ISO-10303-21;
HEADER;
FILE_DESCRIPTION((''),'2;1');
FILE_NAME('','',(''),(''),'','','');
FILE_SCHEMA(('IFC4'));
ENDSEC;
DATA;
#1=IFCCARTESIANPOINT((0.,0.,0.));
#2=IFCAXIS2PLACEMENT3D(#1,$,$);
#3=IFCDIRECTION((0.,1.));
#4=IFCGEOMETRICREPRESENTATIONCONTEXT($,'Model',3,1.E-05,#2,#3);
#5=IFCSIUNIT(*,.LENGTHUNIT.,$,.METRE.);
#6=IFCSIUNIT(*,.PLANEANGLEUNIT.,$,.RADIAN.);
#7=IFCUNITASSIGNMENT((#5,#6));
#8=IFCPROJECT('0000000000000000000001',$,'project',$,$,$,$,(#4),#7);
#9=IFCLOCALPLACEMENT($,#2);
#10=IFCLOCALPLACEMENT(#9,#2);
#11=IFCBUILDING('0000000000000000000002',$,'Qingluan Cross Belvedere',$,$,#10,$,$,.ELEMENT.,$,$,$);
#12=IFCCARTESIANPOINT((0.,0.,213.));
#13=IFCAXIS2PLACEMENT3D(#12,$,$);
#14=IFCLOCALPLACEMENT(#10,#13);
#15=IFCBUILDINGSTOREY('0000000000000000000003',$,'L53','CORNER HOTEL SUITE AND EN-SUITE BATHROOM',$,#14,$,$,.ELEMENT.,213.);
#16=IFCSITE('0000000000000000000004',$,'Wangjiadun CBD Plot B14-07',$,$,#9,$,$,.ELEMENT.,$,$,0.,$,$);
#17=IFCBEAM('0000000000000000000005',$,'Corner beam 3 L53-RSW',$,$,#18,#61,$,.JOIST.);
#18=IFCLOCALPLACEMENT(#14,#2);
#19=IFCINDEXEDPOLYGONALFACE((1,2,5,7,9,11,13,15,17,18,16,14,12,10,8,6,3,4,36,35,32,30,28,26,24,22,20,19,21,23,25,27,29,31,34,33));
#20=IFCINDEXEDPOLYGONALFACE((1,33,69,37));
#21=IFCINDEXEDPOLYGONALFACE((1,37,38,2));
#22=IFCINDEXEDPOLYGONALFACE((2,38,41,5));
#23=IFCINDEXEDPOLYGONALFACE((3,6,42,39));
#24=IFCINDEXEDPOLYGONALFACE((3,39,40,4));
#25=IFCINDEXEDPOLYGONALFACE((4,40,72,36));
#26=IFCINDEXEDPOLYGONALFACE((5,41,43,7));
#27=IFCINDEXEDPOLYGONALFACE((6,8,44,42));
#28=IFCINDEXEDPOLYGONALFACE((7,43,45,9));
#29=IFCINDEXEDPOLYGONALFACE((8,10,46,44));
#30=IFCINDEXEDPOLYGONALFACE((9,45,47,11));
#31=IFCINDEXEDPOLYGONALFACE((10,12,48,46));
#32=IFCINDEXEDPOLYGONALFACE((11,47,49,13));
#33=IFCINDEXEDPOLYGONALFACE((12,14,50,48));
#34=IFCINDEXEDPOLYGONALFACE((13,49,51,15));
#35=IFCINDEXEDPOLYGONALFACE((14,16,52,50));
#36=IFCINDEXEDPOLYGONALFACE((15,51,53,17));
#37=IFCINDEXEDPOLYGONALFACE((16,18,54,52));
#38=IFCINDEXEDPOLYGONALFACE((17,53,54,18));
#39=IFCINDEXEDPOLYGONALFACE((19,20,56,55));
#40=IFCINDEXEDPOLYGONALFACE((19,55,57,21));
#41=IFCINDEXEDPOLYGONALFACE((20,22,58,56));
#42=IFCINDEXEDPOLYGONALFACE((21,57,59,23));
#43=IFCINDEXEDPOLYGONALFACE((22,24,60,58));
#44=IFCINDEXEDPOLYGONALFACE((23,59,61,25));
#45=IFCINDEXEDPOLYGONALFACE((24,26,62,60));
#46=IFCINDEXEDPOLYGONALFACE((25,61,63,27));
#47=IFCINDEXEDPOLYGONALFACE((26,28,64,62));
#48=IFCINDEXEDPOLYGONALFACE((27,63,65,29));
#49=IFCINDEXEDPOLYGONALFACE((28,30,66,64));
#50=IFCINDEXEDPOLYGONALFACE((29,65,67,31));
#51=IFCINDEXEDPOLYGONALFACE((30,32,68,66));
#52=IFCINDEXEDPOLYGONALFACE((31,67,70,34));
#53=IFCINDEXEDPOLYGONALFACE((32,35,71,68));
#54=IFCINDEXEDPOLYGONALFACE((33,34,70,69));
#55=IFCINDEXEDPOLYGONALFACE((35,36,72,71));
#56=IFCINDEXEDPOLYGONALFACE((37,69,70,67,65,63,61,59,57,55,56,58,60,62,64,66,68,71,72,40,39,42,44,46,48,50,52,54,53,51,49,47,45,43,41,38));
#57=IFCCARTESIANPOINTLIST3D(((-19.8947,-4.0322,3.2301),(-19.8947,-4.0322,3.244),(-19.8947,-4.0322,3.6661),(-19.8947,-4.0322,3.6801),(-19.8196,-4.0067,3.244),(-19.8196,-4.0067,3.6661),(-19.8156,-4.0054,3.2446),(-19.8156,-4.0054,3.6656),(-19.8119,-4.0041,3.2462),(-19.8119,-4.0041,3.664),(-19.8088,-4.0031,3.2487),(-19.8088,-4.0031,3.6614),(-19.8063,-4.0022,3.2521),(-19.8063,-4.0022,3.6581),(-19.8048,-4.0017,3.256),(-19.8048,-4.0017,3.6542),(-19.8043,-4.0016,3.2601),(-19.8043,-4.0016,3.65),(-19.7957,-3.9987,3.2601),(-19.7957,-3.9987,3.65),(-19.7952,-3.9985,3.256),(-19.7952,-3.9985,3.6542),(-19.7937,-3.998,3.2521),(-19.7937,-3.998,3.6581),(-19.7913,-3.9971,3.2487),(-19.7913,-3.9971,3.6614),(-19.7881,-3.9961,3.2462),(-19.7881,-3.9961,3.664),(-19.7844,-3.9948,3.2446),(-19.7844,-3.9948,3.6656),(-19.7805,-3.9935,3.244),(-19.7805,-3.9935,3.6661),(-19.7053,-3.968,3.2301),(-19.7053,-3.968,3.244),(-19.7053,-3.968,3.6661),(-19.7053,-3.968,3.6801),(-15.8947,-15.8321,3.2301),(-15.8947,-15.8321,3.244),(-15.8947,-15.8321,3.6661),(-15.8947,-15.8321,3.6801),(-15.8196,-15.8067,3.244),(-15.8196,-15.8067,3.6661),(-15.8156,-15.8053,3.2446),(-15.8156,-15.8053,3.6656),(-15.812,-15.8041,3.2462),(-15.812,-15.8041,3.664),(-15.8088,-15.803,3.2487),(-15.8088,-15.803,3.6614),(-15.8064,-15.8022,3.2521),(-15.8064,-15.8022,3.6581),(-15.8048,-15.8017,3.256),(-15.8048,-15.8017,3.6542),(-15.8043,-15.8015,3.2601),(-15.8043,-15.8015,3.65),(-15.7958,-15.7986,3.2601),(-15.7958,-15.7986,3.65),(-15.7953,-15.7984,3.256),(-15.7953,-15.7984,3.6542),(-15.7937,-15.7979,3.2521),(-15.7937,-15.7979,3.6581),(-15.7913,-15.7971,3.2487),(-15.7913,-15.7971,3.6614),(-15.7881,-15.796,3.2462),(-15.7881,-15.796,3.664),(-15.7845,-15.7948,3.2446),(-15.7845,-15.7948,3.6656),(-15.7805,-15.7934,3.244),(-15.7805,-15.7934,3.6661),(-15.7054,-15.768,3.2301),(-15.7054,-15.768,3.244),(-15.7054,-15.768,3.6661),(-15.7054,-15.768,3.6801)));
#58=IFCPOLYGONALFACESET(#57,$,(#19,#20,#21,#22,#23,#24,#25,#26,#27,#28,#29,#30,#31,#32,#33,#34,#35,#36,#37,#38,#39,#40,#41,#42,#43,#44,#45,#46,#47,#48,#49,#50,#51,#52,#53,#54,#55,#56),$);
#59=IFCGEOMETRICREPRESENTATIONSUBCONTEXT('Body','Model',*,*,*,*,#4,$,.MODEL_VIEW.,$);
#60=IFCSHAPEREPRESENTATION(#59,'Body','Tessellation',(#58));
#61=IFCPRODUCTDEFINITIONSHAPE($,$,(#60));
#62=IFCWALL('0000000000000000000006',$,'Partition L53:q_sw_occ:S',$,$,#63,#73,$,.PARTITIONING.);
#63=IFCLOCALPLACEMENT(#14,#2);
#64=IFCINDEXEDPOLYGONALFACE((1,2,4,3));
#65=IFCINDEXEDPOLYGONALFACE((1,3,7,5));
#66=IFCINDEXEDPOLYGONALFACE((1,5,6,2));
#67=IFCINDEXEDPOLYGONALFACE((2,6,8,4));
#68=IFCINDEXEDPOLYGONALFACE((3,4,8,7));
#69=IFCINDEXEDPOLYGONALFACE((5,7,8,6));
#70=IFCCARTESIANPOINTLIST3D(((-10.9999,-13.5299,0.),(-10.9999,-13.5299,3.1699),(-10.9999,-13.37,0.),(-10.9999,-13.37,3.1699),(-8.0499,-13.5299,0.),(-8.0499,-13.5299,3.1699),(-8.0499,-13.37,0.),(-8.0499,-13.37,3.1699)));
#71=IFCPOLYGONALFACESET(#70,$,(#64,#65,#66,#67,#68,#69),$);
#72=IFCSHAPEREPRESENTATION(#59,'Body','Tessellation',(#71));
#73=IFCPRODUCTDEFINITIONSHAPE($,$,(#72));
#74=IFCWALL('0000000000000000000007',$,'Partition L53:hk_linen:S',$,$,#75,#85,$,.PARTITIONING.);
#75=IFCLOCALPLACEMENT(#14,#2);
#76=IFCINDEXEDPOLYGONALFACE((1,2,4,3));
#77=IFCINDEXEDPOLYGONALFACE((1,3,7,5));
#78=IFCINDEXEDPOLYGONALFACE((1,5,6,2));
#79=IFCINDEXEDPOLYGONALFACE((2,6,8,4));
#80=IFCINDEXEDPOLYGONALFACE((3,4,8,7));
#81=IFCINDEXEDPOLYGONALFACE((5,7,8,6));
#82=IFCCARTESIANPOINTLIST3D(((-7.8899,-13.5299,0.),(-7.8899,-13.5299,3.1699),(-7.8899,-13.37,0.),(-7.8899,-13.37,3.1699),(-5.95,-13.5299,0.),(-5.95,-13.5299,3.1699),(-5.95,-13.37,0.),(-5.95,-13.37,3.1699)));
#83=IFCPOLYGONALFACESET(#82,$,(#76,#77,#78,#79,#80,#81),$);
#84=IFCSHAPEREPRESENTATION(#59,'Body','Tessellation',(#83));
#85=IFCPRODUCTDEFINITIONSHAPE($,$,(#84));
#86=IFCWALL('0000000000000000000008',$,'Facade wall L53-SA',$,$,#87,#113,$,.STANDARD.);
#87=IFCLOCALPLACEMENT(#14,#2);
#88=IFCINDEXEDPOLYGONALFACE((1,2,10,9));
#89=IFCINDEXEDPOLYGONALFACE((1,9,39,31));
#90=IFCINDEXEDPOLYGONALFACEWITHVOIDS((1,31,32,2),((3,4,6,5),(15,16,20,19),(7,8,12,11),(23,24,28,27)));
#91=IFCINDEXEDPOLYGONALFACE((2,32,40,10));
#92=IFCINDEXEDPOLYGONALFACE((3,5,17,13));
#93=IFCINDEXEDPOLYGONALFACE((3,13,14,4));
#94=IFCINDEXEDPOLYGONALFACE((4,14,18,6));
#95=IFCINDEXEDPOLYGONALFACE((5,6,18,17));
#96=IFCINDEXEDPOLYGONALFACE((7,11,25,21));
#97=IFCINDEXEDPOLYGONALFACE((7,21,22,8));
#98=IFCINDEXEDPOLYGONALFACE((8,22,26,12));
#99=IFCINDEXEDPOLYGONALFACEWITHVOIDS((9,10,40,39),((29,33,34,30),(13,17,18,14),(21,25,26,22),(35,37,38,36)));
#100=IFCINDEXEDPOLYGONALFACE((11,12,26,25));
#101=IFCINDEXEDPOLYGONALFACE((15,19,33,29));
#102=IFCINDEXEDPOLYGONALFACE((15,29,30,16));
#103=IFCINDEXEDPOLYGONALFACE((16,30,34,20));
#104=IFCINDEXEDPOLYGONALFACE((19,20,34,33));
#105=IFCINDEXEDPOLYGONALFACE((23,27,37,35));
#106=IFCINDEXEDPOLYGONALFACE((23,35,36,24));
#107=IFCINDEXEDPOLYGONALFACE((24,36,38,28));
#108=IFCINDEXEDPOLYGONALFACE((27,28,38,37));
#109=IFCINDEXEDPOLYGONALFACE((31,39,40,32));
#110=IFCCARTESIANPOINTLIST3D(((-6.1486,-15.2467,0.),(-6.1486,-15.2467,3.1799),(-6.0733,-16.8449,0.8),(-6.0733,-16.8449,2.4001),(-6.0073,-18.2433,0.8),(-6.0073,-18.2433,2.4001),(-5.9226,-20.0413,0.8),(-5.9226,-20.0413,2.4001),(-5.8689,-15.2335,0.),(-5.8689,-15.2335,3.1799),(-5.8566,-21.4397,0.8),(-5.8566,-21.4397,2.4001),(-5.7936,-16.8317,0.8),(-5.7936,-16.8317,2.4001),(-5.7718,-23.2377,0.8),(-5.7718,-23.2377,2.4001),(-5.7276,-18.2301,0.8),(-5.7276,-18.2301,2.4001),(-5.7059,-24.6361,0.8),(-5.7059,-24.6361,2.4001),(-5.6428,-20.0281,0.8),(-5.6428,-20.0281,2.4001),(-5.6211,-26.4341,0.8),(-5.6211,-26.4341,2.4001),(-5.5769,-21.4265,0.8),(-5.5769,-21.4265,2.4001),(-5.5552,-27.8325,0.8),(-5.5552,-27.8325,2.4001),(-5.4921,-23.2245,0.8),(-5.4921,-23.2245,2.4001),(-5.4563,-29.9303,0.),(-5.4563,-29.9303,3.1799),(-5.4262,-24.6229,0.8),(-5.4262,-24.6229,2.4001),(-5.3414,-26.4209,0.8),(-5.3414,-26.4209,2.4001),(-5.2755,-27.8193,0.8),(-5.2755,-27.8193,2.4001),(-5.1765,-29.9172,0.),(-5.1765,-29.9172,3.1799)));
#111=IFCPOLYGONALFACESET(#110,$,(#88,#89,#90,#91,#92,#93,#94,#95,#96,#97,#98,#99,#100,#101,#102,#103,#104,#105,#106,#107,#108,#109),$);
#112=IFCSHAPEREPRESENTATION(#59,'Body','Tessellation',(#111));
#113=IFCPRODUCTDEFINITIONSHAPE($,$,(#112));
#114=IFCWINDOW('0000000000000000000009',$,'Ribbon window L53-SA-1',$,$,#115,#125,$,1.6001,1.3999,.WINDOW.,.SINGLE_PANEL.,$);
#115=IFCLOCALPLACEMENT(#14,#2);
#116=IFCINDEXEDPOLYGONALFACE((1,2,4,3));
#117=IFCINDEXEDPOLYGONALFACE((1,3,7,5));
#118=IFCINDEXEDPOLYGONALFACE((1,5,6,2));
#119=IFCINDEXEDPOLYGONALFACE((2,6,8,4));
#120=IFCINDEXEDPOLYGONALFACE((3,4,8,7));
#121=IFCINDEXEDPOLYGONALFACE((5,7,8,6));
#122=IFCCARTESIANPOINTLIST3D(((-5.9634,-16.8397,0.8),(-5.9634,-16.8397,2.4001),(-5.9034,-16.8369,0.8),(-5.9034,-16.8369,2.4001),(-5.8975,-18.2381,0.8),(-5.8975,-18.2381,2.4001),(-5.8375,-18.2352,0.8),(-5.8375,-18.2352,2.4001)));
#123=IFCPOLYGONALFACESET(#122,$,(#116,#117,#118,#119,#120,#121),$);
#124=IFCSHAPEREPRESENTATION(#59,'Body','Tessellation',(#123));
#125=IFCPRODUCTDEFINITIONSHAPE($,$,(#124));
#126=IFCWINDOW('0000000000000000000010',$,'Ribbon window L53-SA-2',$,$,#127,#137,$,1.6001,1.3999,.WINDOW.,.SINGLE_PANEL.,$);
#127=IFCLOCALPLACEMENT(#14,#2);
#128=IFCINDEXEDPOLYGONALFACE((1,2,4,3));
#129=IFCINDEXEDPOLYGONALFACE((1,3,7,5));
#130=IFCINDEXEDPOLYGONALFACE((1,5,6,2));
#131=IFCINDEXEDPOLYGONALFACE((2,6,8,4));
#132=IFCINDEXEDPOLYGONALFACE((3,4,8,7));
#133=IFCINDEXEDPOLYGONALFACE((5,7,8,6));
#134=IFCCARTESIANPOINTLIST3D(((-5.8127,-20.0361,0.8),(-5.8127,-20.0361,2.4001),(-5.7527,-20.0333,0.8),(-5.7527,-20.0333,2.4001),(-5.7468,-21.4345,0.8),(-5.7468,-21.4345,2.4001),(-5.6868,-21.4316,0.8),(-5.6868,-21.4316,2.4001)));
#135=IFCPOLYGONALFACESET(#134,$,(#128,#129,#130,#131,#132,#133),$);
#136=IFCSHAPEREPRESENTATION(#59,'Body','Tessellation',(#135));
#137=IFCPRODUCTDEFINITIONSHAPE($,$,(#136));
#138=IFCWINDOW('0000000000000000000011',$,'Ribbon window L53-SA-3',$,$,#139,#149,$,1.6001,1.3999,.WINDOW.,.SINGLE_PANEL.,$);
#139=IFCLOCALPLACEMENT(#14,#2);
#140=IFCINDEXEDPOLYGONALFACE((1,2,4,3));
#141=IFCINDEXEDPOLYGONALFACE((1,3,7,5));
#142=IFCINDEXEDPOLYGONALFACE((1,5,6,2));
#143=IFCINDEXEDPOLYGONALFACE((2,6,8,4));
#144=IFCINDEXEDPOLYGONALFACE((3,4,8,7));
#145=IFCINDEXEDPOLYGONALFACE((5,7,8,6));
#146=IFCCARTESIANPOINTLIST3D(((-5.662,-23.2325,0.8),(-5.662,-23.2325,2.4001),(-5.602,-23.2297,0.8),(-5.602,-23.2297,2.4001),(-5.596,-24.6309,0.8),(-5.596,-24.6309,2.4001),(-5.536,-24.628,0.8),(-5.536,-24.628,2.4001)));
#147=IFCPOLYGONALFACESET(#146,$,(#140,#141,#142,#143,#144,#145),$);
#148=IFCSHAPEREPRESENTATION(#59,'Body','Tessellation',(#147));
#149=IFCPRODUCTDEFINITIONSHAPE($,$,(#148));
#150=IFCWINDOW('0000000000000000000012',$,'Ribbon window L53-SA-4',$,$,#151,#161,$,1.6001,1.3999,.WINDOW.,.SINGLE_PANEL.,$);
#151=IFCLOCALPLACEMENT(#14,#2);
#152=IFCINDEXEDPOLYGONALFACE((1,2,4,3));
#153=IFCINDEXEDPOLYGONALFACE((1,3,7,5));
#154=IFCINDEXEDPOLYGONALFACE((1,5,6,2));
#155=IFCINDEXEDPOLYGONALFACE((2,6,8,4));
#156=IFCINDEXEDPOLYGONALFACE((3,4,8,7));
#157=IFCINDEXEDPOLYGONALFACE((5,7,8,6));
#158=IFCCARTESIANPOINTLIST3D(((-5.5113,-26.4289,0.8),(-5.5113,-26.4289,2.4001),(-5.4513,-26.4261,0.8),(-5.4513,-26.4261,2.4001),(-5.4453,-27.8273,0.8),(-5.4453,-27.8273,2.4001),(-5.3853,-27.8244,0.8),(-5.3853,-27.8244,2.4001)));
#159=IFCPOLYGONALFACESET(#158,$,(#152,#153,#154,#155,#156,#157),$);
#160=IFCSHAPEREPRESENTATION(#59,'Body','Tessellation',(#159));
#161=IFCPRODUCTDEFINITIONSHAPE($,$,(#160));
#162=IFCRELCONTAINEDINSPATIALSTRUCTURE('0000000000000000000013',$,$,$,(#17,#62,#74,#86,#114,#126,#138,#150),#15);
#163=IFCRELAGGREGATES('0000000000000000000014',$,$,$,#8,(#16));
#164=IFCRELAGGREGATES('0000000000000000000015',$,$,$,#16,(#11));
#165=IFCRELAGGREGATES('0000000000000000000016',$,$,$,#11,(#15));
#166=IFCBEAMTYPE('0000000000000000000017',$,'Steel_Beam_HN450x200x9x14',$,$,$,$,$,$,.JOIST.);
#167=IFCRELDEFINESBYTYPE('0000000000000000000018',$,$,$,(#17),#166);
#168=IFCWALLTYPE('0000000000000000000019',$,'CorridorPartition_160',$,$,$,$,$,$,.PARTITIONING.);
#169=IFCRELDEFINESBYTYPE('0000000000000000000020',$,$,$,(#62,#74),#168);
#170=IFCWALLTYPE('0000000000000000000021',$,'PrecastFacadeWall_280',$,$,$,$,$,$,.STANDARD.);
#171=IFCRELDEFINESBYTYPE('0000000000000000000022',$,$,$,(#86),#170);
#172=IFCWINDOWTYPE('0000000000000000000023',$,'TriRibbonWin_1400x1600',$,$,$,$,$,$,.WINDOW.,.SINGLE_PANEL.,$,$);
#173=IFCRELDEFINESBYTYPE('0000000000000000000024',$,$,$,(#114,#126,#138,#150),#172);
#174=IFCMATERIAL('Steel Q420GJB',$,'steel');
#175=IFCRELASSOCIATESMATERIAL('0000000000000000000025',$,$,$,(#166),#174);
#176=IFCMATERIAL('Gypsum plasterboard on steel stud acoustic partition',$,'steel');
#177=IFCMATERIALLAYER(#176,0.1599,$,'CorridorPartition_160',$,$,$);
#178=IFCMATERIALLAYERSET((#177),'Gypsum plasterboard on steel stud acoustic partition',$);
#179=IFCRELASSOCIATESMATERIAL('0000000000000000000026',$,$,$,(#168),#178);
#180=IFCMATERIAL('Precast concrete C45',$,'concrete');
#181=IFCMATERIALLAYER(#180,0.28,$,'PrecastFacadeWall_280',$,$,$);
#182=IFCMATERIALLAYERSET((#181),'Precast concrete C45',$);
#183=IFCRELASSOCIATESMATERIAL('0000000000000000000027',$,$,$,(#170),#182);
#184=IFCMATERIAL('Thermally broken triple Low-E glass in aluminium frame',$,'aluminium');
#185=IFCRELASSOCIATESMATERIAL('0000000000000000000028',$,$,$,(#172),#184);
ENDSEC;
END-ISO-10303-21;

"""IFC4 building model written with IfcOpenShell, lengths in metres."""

from ifc_helpers import new_model, si_unit, direction, frame, frame_2d, origin, origin_2d, place, context, subcontext, project, spatial, rectangle, i_section, extrude, material, layer, layer_set, material_profile, profile_set, type_object, element, fill, save


model = new_model("IFC4")

# Units and contexts
model_context = context("Model", 3, precision=1e-05, world=origin(), true_north=direction((0.0, 1.0)))
body_context = subcontext(model_context, "Body", "Model", "MODEL_VIEW")
ifc_project = project(units=[si_unit("LENGTHUNIT", "METRE"), si_unit("PLANEANGLEUNIT", "RADIAN")], contexts=[model_context])

# Site, building, storey
site_placement = place(None, origin())
site = spatial("IfcSite", under=ifc_project, at=site_placement, Name="Wangjiadun CBD Plot B14-07", CompositionType="ELEMENT", RefElevation=0.0)
building_placement = place(site_placement, origin())
building = spatial("IfcBuilding", under=site, at=building_placement, Name="Qingluan Cross Belvedere", CompositionType="ELEMENT")
storey_placement = place(building_placement, frame((0.0, 0.0, 213.0)))
storey = spatial("IfcBuildingStorey", under=building, at=storey_placement, Name="L53", Description="CORNER HOTEL SUITE AND EN-SUITE BATHROOM", CompositionType="ELEMENT", Elevation=213.0)

# Beam
ifc_material_1 = material(Name="Steel Q420GJB", Category="steel")
ifc_material_profile_1 = material_profile(ifc_material_1, i_section(OverallWidth=0.2, OverallDepth=0.45, WebThickness=0.009, FlangeThickness=0.0139, FilletRadius=0.0161, at=origin_2d()), Name="HN450x200x9x14")
ifc_profile_set_1 = profile_set([ifc_material_profile_1], Name="Steel Q420GJB")
beam_type_1 = type_object("IfcBeamType", Name="Steel_Beam_HN450x200x9x14", PredefinedType="JOIST", material=ifc_profile_set_1)
for number, where, z_axis, x_axis, name in (
    (1, (-15.8, -15.8, 3.4551), (-0.321038, 0.947066, 0.0), (-0.947066, -0.321038, 0.0), "Corner beam 3 L53-RSW"),
):
    element("IfcBeam", number, at=place(storey_placement, frame(where, z_axis=z_axis, x_axis=x_axis)), inside=storey, type_object=beam_type_1, Name=name, PredefinedType="JOIST", context=body_context, shape_type="SweptSolid", body=[
        extrude(i_section(OverallWidth=0.2, OverallDepth=0.45, WebThickness=0.009, FlangeThickness=0.0139, FilletRadius=0.0161, at=origin_2d()), origin(), (0.0, 0.0, 1.0), 12.4595),
    ])

# Walls
ifc_material_2 = material(Name="Gypsum plasterboard on steel stud acoustic partition", Category="steel")
ifc_layer_1 = layer(ifc_material_2, 0.1599, Name="CorridorPartition_160")
ifc_layer_set_1 = layer_set([ifc_layer_1], Name="Gypsum plasterboard on steel stud acoustic partition")
wall_type_1 = type_object("IfcWallType", Name="CorridorPartition_160", PredefinedType="PARTITIONING", material=ifc_layer_set_1)
wall_1_placement = place(storey_placement, frame((-11.0, -13.45, 0.0), z_axis=(0.0, 0.0, 1.0), x_axis=(1.0, 0.0, 0.0)))
element("IfcWall", 2, at=wall_1_placement, inside=storey, type_object=wall_type_1, Name="Partition L53:q_sw_occ:S", PredefinedType="PARTITIONING", context=body_context, shape_type="SweptSolid", body=[
    extrude(rectangle(XDim=2.95, YDim=0.1599, at=frame_2d((1.4751, 0.0))), origin(), (0.0, 0.0, 1.0), 3.1699),
])
wall_2_placement = place(storey_placement, frame((-7.8899, -13.45, 0.0), z_axis=(0.0, 0.0, 1.0), x_axis=(1.0, 0.0, 0.0)))
element("IfcWall", 3, at=wall_2_placement, inside=storey, type_object=wall_type_1, Name="Partition L53:hk_linen:S", PredefinedType="PARTITIONING", context=body_context, shape_type="SweptSolid", body=[
    extrude(rectangle(XDim=1.9399, YDim=0.1599, at=frame_2d((0.97, 0.0))), origin(), (0.0, 0.0, 1.0), 3.1699),
])

# Wall, openings, windows
ifc_material_3 = material(Name="Precast concrete C45", Category="concrete")
ifc_layer_2 = layer(ifc_material_3, 0.28, Name="PrecastFacadeWall_280")
ifc_layer_set_2 = layer_set([ifc_layer_2], Name="Precast concrete C45")
wall_type_2 = type_object("IfcWallType", Name="PrecastFacadeWall_280", PredefinedType="STANDARD", material=ifc_layer_set_2)
wall_3_placement = place(storey_placement, frame((-6.0088, -15.24, 0.0), z_axis=(0.0, 0.0, 1.0), x_axis=(0.047101, -0.99889, 0.0)))
wall_3 = element("IfcWall", 4, at=wall_3_placement, inside=storey, type_object=wall_type_2, Name="Facade wall L53-SA", PredefinedType="STANDARD", context=body_context, shape_type="SweptSolid", body=[
    extrude(rectangle(XDim=14.7, YDim=0.28, at=frame_2d((7.3501, 0.0))), origin(), (0.0, 0.0, 1.0), 3.1799),
])
opening_1_placement = place(wall_3_placement, frame((1.6001, 0.0, 0.8)))
opening_1 = element("IfcOpeningElement", 5, at=opening_1_placement, cuts=wall_3, PredefinedType="OPENING", context=body_context, shape_type="SweptSolid", body=[
    extrude(rectangle(XDim=1.3999, YDim=1.6001, at=frame_2d((0.7, 0.8))), frame((0.0, 0.1499, 0.0), z_axis=(0.0, -1.0, 0.0), x_axis=(1.0, 0.0, 0.0)), (0.0, 0.0, 1.0), 0.3),
])
opening_2_placement = place(wall_3_placement, frame((4.8, 0.0, 0.8)))
opening_2 = element("IfcOpeningElement", 6, at=opening_2_placement, cuts=wall_3, PredefinedType="OPENING", context=body_context, shape_type="SweptSolid", body=[
    extrude(rectangle(XDim=1.3999, YDim=1.6001, at=frame_2d((0.7, 0.8))), frame((0.0, 0.1499, 0.0), z_axis=(0.0, -1.0, 0.0), x_axis=(1.0, 0.0, 0.0)), (0.0, 0.0, 1.0), 0.3),
])
opening_3_placement = place(wall_3_placement, frame((8.0, 0.0, 0.8)))
opening_3 = element("IfcOpeningElement", 7, at=opening_3_placement, cuts=wall_3, PredefinedType="OPENING", context=body_context, shape_type="SweptSolid", body=[
    extrude(rectangle(XDim=1.3999, YDim=1.6001, at=frame_2d((0.7, 0.8))), frame((0.0, 0.1499, 0.0), z_axis=(0.0, -1.0, 0.0), x_axis=(1.0, 0.0, 0.0)), (0.0, 0.0, 1.0), 0.3),
])
opening_4_placement = place(wall_3_placement, frame((11.2, 0.0, 0.8)))
opening_4 = element("IfcOpeningElement", 8, at=opening_4_placement, cuts=wall_3, PredefinedType="OPENING", context=body_context, shape_type="SweptSolid", body=[
    extrude(rectangle(XDim=1.3999, YDim=1.6001, at=frame_2d((0.7, 0.8))), frame((0.0, 0.1499, 0.0), z_axis=(0.0, -1.0, 0.0), x_axis=(1.0, 0.0, 0.0)), (0.0, 0.0, 1.0), 0.3),
])
ifc_material_4 = material(Name="Thermally broken triple Low-E glass in aluminium frame", Category="aluminium")
window_type_1 = type_object("IfcWindowType", Name="TriRibbonWin_1400x1600", PartitioningType="SINGLE_PANEL", PredefinedType="WINDOW", material=ifc_material_4)
window_1_placement = place(opening_1_placement, origin())
window_1 = element("IfcWindow", 9, at=window_1_placement, inside=storey, type_object=window_type_1, Name="Ribbon window L53-SA-1", OverallHeight=1.6001, OverallWidth=1.3999, PartitioningType="SINGLE_PANEL", PredefinedType="WINDOW", context=body_context, shape_type="SweptSolid", body=[
    extrude(rectangle(XDim=1.3999, YDim=1.6001, at=frame_2d((0.7, 0.8))), frame((0.0, 0.03, 0.0), z_axis=(0.0, -1.0, 0.0), x_axis=(1.0, 0.0, 0.0)), (0.0, 0.0, 1.0), 0.0601),
])
fill(opening_1, window_1)
window_2_placement = place(opening_2_placement, origin())
window_2 = element("IfcWindow", 10, at=window_2_placement, inside=storey, type_object=window_type_1, Name="Ribbon window L53-SA-2", OverallHeight=1.6001, OverallWidth=1.3999, PartitioningType="SINGLE_PANEL", PredefinedType="WINDOW", context=body_context, shape_type="SweptSolid", body=[
    extrude(rectangle(XDim=1.3999, YDim=1.6001, at=frame_2d((0.7, 0.8))), frame((0.0, 0.03, 0.0), z_axis=(0.0, -1.0, 0.0), x_axis=(1.0, 0.0, 0.0)), (0.0, 0.0, 1.0), 0.0601),
])
fill(opening_2, window_2)
window_3_placement = place(opening_3_placement, origin())
window_3 = element("IfcWindow", 11, at=window_3_placement, inside=storey, type_object=window_type_1, Name="Ribbon window L53-SA-3", OverallHeight=1.6001, OverallWidth=1.3999, PartitioningType="SINGLE_PANEL", PredefinedType="WINDOW", context=body_context, shape_type="SweptSolid", body=[
    extrude(rectangle(XDim=1.3999, YDim=1.6001, at=frame_2d((0.7, 0.8))), frame((0.0, 0.03, 0.0), z_axis=(0.0, -1.0, 0.0), x_axis=(1.0, 0.0, 0.0)), (0.0, 0.0, 1.0), 0.0601),
])
fill(opening_3, window_3)
window_4_placement = place(opening_4_placement, origin())
window_4 = element("IfcWindow", 12, at=window_4_placement, inside=storey, type_object=window_type_1, Name="Ribbon window L53-SA-4", OverallHeight=1.6001, OverallWidth=1.3999, PartitioningType="SINGLE_PANEL", PredefinedType="WINDOW", context=body_context, shape_type="SweptSolid", body=[
    extrude(rectangle(XDim=1.3999, YDim=1.6001, at=frame_2d((0.7, 0.8))), frame((0.0, 0.03, 0.0), z_axis=(0.0, -1.0, 0.0), x_axis=(1.0, 0.0, 0.0)), (0.0, 0.0, 1.0), 0.0601),
])
fill(opening_4, window_4)

save(model, "model.ifc")
